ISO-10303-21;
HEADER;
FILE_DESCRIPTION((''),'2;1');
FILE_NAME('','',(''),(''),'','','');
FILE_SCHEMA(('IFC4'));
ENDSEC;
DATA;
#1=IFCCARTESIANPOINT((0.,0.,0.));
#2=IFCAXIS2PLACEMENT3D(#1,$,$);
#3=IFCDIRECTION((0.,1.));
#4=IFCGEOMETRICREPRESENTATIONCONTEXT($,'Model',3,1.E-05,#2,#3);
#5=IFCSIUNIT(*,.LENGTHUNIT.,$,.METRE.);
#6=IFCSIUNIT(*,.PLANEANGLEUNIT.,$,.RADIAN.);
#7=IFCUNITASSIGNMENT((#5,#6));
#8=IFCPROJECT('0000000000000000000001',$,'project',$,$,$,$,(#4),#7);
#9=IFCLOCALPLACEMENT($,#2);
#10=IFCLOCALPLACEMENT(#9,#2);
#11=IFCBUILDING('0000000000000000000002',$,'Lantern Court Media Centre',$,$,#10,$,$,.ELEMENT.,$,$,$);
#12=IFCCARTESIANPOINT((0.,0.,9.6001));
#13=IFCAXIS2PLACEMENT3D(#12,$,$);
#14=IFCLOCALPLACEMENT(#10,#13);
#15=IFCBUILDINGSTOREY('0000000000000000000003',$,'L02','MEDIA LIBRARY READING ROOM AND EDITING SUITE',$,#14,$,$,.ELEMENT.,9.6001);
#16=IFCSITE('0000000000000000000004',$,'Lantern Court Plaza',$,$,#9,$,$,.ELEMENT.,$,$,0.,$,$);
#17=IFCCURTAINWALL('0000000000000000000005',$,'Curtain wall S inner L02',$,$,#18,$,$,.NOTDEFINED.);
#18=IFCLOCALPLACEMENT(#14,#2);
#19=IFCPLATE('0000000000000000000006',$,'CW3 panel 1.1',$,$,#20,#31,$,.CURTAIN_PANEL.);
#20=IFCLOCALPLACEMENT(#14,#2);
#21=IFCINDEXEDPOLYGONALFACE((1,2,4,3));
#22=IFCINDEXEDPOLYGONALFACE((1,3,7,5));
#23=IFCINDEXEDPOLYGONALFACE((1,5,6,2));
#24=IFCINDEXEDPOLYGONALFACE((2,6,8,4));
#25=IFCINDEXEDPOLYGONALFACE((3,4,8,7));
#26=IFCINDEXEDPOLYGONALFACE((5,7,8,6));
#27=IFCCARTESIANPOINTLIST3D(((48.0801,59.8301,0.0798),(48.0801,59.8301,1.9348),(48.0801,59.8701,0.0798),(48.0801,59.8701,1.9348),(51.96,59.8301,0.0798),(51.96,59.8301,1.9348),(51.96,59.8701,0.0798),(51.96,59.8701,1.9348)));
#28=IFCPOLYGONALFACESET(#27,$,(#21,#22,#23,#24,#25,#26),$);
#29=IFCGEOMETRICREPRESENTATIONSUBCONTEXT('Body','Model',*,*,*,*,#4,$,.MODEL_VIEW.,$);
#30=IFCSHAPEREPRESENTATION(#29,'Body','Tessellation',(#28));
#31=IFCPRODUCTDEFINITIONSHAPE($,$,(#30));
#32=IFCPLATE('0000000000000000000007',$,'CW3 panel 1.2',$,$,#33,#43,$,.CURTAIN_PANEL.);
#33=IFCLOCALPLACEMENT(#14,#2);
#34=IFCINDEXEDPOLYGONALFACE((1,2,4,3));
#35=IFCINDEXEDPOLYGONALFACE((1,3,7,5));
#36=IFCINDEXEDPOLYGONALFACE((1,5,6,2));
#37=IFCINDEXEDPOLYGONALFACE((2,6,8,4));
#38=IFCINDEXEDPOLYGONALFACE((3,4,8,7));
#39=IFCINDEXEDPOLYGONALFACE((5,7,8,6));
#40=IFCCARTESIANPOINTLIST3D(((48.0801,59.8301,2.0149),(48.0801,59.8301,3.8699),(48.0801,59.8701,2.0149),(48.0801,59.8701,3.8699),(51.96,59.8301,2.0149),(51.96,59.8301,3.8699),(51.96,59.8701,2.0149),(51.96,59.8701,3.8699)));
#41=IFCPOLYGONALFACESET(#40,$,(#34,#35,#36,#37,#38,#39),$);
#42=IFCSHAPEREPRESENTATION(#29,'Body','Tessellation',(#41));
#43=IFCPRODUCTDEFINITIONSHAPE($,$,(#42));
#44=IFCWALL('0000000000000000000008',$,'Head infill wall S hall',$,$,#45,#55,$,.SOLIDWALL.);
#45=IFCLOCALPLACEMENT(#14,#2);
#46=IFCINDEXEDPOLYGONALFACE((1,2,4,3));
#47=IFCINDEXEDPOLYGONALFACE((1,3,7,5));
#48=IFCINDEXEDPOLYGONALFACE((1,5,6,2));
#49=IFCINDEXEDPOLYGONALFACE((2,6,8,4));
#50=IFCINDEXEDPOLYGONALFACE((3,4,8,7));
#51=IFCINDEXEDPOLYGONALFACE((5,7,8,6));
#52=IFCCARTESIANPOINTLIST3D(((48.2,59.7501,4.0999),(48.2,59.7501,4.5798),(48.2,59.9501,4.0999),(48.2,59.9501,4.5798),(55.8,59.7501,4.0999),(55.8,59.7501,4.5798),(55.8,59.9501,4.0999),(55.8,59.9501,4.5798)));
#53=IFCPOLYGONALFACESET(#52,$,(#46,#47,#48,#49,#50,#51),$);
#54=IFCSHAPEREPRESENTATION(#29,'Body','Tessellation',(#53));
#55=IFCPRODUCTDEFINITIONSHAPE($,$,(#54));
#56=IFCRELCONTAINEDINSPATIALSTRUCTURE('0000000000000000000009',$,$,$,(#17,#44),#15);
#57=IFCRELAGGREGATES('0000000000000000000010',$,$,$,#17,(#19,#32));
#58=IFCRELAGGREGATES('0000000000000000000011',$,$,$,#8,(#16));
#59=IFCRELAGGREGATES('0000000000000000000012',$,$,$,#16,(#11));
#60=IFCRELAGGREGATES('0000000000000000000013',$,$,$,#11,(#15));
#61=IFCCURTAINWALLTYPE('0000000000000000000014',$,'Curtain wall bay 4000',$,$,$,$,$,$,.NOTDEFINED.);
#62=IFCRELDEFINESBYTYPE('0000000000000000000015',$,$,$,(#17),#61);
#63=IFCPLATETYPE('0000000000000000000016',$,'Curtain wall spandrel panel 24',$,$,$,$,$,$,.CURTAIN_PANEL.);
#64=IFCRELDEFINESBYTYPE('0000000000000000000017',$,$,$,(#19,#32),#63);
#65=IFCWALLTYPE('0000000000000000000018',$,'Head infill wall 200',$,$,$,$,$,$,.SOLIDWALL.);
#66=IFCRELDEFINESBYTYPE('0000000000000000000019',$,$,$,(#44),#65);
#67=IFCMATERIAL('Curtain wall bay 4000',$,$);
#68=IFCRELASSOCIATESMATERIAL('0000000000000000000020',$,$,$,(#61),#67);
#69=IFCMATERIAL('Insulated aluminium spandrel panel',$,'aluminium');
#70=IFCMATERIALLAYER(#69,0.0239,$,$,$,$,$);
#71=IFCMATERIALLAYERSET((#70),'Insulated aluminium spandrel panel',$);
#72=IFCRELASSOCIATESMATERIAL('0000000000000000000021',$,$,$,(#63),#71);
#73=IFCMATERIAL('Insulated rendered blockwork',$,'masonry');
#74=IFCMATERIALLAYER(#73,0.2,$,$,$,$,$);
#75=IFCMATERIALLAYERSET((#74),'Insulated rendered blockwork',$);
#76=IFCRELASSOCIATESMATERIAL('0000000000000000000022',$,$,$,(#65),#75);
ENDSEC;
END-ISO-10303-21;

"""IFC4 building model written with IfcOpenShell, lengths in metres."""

from ifc_helpers import new_model, si_unit, direction, frame, frame_2d, origin, origin_2d, place, context, subcontext, project, spatial, rectangle, extrude, material, layer, layer_set, type_object, element, aggregate, save


model = new_model("IFC4")

# Units and contexts
model_context = context("Model", 3, precision=1e-05, world=origin(), true_north=direction((0.0, 1.0)))
body_context = subcontext(model_context, "Body", "Model", "MODEL_VIEW")
ifc_project = project(units=[si_unit("LENGTHUNIT", "METRE"), si_unit("PLANEANGLEUNIT", "RADIAN")], contexts=[model_context])

# Site, building, storey
site_placement = place(None, origin())
site = spatial("IfcSite", under=ifc_project, at=site_placement, Name="Lantern Court Plaza", CompositionType="ELEMENT", RefElevation=0.0)
building_placement = place(site_placement, origin())
building = spatial("IfcBuilding", under=site, at=building_placement, Name="Lantern Court Media Centre", CompositionType="ELEMENT")
storey_placement = place(building_placement, frame((0.0, 0.0, 9.6001)))
storey = spatial("IfcBuildingStorey", under=building, at=storey_placement, Name="L02", Description="MEDIA LIBRARY READING ROOM AND EDITING SUITE", CompositionType="ELEMENT", Elevation=9.6001)

# Shared definitions
ifc_material_1 = material(Name="Curtain wall bay 4000")
curtain_wall_type = type_object("IfcCurtainWallType", Name="Curtain wall bay 4000", PredefinedType="NOTDEFINED", material=ifc_material_1)

# Curtain wall
curtain_wall_1_placement = place(storey_placement, origin())
curtain_wall_1 = element("IfcCurtainWall", 1, at=curtain_wall_1_placement, inside=storey, type_object=curtain_wall_type, Name="Curtain wall S inner L02", PredefinedType="NOTDEFINED")

# Plates
ifc_material_2 = material(Name="Insulated aluminium spandrel panel", Category="aluminium")
ifc_layer_1 = layer(ifc_material_2, 0.0239)
ifc_layer_set_1 = layer_set([ifc_layer_1], Name="Insulated aluminium spandrel panel")
plate_type = type_object("IfcPlateType", Name="Curtain wall spandrel panel 24", PredefinedType="CURTAIN_PANEL", material=ifc_layer_set_1)
plate_1_placement = place(storey_placement, frame((50.02, 59.8501, 0.0798), z_axis=(0.0, 0.0, 1.0), x_axis=(1.0, 0.0, 0.0)))
plate_1 = element("IfcPlate", 2, at=plate_1_placement, type_object=plate_type, Name="CW3 panel 1.1", PredefinedType="CURTAIN_PANEL", context=body_context, shape_type="SweptSolid", body=[
    extrude(rectangle(XDim=3.8799, YDim=0.04, at=origin_2d()), origin(), (0.0, 0.0, 1.0), 1.855),
])
plate_2_placement = place(storey_placement, frame((50.02, 59.8501, 2.0149), z_axis=(0.0, 0.0, 1.0), x_axis=(1.0, 0.0, 0.0)))
plate_2 = element("IfcPlate", 3, at=plate_2_placement, type_object=plate_type, Name="CW3 panel 1.2", PredefinedType="CURTAIN_PANEL", context=body_context, shape_type="SweptSolid", body=[
    extrude(rectangle(XDim=3.8799, YDim=0.04, at=origin_2d()), origin(), (0.0, 0.0, 1.0), 1.855),
])
aggregate(curtain_wall_1, [plate_1, plate_2])

# Wall
ifc_material_3 = material(Name="Insulated rendered blockwork", Category="masonry")
ifc_layer_2 = layer(ifc_material_3, 0.2)
ifc_layer_set_2 = layer_set([ifc_layer_2], Name="Insulated rendered blockwork")
wall_type = type_object("IfcWallType", Name="Head infill wall 200", PredefinedType="SOLIDWALL", material=ifc_layer_set_2)
wall_placement = place(storey_placement, frame((48.2, 59.8501, 4.0999), z_axis=(0.0, 0.0, 1.0), x_axis=(1.0, 0.0, 0.0)))
element("IfcWall", 4, at=wall_placement, inside=storey, type_object=wall_type, Name="Head infill wall S hall", PredefinedType="SOLIDWALL", context=body_context, shape_type="SweptSolid", body=[
    extrude(rectangle(XDim=7.6001, YDim=0.2, at=frame_2d((3.8, 0.0))), origin(), (0.0, 0.0, 1.0), 0.48),
])

save(model, "model.ifc")
